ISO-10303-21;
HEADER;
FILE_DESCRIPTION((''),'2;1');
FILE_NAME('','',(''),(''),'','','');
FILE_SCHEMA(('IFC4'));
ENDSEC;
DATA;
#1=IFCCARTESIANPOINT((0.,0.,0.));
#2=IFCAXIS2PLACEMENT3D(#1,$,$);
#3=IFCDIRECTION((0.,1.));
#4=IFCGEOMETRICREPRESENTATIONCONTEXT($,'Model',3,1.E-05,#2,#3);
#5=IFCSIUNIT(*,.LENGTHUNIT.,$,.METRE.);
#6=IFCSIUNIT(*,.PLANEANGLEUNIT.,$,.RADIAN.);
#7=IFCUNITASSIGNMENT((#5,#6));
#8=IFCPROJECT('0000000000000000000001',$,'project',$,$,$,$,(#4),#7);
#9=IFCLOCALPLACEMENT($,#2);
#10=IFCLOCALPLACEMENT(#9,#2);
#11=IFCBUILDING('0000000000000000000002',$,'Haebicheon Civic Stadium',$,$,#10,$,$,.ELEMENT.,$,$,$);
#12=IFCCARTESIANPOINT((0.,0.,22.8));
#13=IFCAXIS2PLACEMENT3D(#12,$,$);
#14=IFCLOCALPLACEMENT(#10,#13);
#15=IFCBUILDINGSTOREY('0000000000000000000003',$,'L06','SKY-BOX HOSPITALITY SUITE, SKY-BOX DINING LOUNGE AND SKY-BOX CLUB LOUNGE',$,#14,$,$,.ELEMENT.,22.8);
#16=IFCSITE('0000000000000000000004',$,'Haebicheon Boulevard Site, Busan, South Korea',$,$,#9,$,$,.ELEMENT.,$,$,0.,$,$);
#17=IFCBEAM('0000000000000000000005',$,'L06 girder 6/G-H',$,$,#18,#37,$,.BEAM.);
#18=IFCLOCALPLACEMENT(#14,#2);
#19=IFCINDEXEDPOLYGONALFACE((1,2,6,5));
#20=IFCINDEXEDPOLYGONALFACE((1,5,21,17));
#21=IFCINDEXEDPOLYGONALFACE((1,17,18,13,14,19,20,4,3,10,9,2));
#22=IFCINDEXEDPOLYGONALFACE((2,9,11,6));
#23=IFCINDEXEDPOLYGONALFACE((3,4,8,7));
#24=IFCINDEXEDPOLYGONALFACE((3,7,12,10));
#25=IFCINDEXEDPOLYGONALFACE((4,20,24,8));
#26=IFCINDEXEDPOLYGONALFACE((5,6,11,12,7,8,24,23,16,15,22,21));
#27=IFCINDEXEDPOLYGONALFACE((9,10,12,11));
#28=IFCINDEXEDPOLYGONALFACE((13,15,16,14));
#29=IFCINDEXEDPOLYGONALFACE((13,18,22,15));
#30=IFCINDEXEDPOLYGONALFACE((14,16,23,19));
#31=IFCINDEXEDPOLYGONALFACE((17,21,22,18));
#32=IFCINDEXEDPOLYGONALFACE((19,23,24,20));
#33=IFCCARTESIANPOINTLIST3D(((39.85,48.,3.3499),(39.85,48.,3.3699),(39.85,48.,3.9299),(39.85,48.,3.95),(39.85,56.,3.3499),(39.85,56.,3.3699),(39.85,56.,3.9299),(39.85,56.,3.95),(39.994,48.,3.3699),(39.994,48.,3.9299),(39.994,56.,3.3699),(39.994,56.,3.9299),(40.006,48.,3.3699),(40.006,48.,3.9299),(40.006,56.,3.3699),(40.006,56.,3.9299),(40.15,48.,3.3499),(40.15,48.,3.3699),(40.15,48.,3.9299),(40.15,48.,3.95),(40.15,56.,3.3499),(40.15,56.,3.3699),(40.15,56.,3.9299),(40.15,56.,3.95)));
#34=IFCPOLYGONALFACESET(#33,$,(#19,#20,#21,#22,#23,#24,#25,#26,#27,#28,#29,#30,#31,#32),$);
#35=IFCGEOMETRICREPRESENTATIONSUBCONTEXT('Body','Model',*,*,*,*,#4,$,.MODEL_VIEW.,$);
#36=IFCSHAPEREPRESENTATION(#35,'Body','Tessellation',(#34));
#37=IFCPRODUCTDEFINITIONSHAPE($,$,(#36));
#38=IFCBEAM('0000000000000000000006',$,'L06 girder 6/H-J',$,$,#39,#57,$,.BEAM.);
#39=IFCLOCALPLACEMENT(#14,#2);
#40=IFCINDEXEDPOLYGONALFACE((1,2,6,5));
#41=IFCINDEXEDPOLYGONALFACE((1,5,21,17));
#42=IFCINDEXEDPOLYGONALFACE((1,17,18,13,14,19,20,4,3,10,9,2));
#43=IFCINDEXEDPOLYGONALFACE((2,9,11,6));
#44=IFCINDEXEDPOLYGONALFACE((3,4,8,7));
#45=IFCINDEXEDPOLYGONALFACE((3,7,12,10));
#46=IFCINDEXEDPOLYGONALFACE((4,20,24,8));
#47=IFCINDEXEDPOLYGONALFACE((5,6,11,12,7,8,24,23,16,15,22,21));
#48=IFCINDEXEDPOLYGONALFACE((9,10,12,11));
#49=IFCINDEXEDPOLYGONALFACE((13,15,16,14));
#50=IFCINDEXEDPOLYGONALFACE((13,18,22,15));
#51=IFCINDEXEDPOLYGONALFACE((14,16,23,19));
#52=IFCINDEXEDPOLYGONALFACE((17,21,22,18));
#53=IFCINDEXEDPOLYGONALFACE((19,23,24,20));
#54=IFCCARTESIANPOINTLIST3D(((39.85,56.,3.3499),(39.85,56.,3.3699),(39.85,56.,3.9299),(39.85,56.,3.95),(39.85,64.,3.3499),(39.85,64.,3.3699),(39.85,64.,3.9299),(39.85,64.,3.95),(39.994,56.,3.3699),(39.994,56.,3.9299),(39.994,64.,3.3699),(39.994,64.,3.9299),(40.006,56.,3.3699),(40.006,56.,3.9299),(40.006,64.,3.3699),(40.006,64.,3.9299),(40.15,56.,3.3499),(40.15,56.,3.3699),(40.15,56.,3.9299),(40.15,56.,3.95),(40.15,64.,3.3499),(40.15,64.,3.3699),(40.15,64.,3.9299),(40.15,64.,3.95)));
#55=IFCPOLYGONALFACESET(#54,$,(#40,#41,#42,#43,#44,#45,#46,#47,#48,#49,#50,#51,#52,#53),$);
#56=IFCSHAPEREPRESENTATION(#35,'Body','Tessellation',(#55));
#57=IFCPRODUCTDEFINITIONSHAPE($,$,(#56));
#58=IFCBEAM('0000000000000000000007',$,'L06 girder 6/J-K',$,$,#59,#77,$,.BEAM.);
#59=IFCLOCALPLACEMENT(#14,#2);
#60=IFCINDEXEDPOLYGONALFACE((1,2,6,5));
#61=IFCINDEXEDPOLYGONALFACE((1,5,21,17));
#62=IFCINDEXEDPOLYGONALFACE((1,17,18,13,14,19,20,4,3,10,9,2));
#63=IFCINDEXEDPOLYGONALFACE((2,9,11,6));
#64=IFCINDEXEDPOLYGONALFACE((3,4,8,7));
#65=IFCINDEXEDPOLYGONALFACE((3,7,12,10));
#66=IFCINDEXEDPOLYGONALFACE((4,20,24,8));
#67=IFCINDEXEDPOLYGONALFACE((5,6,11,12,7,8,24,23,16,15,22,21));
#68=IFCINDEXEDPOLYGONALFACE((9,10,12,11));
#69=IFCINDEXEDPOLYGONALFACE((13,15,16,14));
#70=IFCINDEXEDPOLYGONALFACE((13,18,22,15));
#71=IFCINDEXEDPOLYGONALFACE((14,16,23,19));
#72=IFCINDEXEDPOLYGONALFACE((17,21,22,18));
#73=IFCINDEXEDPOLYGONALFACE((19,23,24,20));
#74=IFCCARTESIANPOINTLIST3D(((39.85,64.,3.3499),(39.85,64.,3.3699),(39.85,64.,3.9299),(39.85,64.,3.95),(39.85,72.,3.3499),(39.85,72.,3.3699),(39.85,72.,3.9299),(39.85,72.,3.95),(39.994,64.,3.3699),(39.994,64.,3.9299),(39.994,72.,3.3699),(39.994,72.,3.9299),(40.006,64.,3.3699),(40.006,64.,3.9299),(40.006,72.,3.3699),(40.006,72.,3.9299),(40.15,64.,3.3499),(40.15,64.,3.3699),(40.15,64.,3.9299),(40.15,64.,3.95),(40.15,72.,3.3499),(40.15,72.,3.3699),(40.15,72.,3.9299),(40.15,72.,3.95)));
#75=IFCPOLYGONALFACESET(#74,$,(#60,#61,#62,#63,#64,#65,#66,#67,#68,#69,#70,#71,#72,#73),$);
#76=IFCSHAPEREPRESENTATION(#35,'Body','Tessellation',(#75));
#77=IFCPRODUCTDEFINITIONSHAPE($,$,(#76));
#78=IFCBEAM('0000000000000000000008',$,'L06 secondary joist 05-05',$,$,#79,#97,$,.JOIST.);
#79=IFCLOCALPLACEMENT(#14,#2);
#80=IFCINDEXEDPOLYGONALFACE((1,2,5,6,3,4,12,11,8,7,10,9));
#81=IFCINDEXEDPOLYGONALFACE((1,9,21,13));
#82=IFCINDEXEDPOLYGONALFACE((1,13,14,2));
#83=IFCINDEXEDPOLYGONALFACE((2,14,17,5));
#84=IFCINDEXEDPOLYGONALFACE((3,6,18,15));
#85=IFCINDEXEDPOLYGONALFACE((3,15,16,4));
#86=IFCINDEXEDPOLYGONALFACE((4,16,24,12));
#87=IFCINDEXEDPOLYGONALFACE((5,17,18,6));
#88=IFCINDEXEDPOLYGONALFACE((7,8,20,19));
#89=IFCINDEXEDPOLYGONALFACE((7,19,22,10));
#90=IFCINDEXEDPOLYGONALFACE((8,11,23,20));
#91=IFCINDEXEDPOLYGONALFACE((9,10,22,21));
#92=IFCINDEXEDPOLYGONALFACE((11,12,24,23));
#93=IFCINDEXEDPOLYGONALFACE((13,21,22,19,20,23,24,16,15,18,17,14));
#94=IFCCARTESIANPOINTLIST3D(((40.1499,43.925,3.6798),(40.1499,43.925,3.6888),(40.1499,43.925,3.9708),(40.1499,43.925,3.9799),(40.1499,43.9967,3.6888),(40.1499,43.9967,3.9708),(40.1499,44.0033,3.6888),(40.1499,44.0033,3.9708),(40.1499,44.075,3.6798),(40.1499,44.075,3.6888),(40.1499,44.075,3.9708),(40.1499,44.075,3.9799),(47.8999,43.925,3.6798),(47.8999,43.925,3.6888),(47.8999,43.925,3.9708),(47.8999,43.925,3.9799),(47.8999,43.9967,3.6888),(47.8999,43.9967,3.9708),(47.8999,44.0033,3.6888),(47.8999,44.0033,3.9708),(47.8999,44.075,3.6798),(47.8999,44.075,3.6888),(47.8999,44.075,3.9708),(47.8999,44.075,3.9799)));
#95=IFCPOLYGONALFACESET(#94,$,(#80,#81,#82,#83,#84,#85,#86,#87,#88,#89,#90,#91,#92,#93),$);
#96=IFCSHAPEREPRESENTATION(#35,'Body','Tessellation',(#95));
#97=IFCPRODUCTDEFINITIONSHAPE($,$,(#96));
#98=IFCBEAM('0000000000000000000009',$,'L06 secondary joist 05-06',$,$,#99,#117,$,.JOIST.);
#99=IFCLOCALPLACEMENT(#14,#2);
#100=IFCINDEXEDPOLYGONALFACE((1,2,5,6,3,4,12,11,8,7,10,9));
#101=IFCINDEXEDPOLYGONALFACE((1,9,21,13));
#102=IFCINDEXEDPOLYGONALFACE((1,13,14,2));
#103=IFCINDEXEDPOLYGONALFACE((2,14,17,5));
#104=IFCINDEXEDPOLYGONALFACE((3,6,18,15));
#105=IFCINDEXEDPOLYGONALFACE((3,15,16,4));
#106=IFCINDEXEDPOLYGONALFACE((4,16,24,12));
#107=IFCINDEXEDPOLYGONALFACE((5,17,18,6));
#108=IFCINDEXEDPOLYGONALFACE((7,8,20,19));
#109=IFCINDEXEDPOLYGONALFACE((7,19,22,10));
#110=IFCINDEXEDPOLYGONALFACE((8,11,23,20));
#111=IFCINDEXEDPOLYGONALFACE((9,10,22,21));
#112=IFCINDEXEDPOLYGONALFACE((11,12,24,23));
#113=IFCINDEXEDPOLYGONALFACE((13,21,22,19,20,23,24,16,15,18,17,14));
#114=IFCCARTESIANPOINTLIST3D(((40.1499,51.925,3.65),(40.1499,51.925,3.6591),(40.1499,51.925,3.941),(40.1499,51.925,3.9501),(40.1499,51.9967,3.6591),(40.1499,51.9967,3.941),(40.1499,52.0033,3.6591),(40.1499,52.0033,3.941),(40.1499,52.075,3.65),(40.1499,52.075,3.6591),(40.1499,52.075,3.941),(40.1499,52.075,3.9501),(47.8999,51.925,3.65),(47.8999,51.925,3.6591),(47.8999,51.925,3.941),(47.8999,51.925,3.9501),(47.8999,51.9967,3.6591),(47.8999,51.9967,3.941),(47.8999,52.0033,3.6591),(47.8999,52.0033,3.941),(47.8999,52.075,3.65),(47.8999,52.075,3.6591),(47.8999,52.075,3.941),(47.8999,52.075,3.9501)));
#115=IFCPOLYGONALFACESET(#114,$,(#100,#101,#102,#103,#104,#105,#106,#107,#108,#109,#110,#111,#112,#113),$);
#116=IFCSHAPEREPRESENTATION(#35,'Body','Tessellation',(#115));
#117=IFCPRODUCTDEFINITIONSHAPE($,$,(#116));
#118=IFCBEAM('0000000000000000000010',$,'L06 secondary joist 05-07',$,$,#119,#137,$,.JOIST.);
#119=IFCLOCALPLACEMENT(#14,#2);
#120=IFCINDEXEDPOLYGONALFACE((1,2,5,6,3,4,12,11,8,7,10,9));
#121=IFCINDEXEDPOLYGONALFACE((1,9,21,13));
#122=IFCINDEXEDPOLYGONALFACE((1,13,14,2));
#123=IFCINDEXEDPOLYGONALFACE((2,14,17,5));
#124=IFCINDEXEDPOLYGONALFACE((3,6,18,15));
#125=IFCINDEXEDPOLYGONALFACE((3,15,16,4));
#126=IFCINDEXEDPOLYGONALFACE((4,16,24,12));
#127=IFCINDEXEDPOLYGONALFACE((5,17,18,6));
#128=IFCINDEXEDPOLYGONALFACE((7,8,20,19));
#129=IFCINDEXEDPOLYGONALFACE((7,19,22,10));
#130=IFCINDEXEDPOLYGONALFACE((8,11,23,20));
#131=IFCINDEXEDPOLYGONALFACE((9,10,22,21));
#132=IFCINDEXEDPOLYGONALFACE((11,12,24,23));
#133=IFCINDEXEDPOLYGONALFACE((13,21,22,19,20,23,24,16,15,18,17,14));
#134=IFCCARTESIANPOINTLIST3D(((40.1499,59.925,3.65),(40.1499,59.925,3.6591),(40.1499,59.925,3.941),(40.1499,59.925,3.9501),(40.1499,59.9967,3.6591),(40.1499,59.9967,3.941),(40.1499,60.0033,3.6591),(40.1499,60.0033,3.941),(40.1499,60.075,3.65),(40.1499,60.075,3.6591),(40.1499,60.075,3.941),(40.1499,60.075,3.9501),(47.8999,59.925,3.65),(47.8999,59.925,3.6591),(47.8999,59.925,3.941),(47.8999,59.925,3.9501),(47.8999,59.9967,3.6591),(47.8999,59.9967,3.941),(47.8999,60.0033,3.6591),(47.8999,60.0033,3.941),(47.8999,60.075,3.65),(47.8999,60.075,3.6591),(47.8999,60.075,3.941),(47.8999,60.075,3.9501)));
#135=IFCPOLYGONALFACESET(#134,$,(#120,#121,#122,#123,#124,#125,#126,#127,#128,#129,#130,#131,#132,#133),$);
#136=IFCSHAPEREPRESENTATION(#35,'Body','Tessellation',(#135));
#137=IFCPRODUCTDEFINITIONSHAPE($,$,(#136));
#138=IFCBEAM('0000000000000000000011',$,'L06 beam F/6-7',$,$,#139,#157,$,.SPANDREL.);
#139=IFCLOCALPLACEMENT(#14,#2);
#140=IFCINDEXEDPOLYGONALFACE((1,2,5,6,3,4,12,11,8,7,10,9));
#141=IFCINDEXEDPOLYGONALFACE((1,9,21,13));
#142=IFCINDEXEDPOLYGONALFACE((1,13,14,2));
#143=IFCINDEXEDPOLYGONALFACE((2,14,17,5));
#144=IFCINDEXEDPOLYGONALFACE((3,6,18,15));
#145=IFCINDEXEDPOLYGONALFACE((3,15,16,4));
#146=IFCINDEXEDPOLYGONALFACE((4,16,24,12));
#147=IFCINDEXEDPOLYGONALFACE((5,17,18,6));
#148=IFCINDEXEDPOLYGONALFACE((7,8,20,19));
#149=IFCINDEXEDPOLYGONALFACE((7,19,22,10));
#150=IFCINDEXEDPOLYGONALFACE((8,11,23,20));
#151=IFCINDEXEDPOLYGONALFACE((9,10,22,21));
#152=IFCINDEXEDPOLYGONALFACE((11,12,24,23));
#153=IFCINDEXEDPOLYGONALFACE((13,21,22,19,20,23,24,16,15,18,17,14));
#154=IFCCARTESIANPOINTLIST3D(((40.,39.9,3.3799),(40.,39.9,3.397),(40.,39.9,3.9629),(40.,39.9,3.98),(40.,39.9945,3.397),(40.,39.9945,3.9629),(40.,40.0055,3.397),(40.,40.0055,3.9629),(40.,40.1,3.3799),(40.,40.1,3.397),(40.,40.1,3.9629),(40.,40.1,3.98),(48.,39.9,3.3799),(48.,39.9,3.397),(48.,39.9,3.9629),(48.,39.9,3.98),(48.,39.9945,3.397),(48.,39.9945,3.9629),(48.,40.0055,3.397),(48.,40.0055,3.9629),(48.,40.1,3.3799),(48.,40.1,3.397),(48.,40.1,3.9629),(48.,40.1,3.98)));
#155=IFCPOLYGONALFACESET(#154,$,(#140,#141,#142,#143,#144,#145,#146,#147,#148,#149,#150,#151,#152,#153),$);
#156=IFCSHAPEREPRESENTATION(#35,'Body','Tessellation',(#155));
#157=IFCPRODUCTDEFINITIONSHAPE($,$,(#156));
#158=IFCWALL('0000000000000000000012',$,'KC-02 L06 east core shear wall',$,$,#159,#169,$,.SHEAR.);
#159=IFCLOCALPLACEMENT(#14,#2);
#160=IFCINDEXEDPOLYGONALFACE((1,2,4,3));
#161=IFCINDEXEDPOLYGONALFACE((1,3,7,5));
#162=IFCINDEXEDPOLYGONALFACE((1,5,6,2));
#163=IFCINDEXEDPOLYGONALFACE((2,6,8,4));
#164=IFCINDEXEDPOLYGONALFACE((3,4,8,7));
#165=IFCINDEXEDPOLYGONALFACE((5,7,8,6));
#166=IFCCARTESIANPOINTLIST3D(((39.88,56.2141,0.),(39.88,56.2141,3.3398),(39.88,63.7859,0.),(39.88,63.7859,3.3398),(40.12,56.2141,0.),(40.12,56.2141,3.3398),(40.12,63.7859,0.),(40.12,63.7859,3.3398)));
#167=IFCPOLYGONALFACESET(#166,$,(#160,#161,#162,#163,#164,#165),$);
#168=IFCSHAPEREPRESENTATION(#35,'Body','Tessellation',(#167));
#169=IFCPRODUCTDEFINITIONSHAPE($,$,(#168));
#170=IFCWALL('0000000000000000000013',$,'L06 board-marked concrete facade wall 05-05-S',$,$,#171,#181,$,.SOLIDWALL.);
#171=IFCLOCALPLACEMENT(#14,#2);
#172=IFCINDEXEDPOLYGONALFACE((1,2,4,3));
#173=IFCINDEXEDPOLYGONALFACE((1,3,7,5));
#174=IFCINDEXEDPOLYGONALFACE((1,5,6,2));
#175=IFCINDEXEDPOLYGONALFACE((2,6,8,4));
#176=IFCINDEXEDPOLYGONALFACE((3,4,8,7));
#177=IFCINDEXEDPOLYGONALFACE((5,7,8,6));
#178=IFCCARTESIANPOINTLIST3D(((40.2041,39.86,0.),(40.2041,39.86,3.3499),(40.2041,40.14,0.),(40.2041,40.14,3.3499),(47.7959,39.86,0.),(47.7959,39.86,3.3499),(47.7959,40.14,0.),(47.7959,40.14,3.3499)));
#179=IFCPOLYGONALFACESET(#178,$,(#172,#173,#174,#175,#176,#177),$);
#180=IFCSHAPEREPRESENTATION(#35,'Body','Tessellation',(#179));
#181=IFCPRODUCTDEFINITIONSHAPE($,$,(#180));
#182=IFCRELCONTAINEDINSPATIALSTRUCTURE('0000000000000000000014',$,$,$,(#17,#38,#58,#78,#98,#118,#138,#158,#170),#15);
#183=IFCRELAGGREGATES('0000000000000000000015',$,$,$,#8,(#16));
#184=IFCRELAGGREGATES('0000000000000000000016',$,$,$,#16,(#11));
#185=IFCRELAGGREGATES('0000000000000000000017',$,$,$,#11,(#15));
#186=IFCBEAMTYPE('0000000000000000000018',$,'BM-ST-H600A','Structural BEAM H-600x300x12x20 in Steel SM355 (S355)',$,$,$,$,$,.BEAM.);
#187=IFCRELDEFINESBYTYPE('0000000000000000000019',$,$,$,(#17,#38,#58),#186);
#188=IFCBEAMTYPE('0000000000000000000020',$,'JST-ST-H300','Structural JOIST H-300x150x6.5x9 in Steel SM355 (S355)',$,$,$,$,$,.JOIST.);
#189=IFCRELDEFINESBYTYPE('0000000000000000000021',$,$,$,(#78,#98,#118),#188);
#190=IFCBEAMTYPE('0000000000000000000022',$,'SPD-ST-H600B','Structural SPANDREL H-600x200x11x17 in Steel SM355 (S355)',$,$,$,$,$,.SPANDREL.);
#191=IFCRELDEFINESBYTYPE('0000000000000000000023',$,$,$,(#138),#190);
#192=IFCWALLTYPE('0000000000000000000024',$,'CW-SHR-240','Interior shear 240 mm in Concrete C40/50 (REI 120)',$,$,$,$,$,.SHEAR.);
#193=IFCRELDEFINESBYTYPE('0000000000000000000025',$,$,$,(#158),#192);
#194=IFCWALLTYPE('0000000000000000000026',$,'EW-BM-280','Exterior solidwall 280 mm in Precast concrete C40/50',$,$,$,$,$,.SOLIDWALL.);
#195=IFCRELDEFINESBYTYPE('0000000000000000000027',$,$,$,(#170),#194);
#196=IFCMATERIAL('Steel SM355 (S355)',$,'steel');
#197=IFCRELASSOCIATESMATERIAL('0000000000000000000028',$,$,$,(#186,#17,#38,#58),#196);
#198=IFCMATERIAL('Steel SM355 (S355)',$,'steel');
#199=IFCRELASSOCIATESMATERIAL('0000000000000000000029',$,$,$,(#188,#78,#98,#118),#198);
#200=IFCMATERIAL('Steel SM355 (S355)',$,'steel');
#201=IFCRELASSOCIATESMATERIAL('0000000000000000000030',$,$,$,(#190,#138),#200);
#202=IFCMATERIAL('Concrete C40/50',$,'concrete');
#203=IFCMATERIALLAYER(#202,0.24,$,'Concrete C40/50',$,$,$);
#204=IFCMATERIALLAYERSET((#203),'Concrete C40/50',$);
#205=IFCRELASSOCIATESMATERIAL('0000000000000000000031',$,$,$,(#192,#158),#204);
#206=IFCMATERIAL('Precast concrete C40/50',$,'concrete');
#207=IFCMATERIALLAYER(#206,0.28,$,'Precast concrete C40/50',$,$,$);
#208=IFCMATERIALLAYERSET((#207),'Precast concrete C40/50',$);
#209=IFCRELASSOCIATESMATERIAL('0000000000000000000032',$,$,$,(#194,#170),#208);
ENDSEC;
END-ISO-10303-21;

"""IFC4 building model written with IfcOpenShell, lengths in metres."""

from ifc_helpers import new_model, si_unit, direction, frame, frame_2d, origin, origin_2d, place, context, subcontext, project, spatial, rectangle, i_section, extrude, material, layer, layer_set, material_profile, profile_set, type_object, element, save


model = new_model("IFC4")

# Units and contexts
model_context = context("Model", 3, precision=1e-05, world=origin(), true_north=direction((0.0, 1.0)))
body_context = subcontext(model_context, "Body", "Model", "MODEL_VIEW")
ifc_project = project(units=[si_unit("LENGTHUNIT", "METRE"), si_unit("PLANEANGLEUNIT", "RADIAN")], contexts=[model_context])

# Site, building, storey
site_placement = place(None, origin())
site = spatial("IfcSite", under=ifc_project, at=site_placement, Name="Haebicheon Boulevard Site, Busan, South Korea", CompositionType="ELEMENT", RefElevation=0.0)
building_placement = place(site_placement, origin())
building = spatial("IfcBuilding", under=site, at=building_placement, Name="Haebicheon Civic Stadium", CompositionType="ELEMENT")
storey_placement = place(building_placement, frame((0.0, 0.0, 22.8)))
storey = spatial("IfcBuildingStorey", under=building, at=storey_placement, Name="L06", Description="SKY-BOX HOSPITALITY SUITE, SKY-BOX DINING LOUNGE AND SKY-BOX CLUB LOUNGE", CompositionType="ELEMENT", Elevation=22.8)

# Beams
ifc_material_1 = material(Name="Steel SM355 (S355)", Category="steel")
ifc_material_profile_1 = material_profile(ifc_material_1, i_section(OverallWidth=0.3, OverallDepth=0.6001, WebThickness=0.012, FlangeThickness=0.02, at=origin_2d()), Name="H-600x300x12x20")
ifc_profile_set_1 = profile_set([ifc_material_profile_1], Name="Steel SM355 (S355)")
beam_type_1 = type_object("IfcBeamType", Name="BM-ST-H600A", Description="Structural BEAM H-600x300x12x20 in Steel SM355 (S355)", PredefinedType="BEAM", material=ifc_profile_set_1)
for number, where, z_axis, x_axis, name in (
    (1, (40.0, 48.0, 3.6499), (0.0, 1.0, 0.0), (-1.0, 0.0, 0.0), "L06 girder 6/G-H"),
    (2, (40.0, 56.0, 3.6499), (0.0, 1.0, 0.0), (-1.0, 0.0, 0.0), "L06 girder 6/H-J"),
    (3, (40.0, 64.0, 3.6499), (0.0, 1.0, 0.0), (-1.0, 0.0, 0.0), "L06 girder 6/J-K"),
):
    element("IfcBeam", number, at=place(storey_placement, frame(where, z_axis=z_axis, x_axis=x_axis)), inside=storey, type_object=beam_type_1, material=ifc_profile_set_1, Name=name, PredefinedType="BEAM", context=body_context, shape_type="SweptSolid", body=[
        extrude(i_section(OverallWidth=0.3, OverallDepth=0.6001, WebThickness=0.012, FlangeThickness=0.02, at=origin_2d()), origin(), (0.0, 0.0, 1.0), 8.0),
    ])
ifc_material_2 = material(Name="Steel SM355 (S355)", Category="steel")
ifc_material_profile_2 = material_profile(ifc_material_2, i_section(OverallWidth=0.1499, OverallDepth=0.3, WebThickness=0.0066, FlangeThickness=0.009, at=origin_2d()), Name="H-300x150x6.5x9")
ifc_profile_set_2 = profile_set([ifc_material_profile_2], Name="Steel SM355 (S355)")
beam_type_2 = type_object("IfcBeamType", Name="JST-ST-H300", Description="Structural JOIST H-300x150x6.5x9 in Steel SM355 (S355)", PredefinedType="JOIST", material=ifc_profile_set_2)
for number, where, z_axis, x_axis, name in (
    (4, (40.1499, 44.0, 3.8298), (1.0, 0.0, 0.0), (0.0, 1.0, 0.0), "L06 secondary joist 05-05"),
    (5, (40.1499, 52.0, 3.8), (1.0, 0.0, 0.0), (0.0, 1.0, 0.0), "L06 secondary joist 05-06"),
    (6, (40.1499, 60.0, 3.8), (1.0, 0.0, 0.0), (0.0, 1.0, 0.0), "L06 secondary joist 05-07"),
):
    element("IfcBeam", number, at=place(storey_placement, frame(where, z_axis=z_axis, x_axis=x_axis)), inside=storey, type_object=beam_type_2, material=ifc_profile_set_2, Name=name, PredefinedType="JOIST", context=body_context, shape_type="SweptSolid", body=[
        extrude(i_section(OverallWidth=0.1499, OverallDepth=0.3, WebThickness=0.0066, FlangeThickness=0.009, at=origin_2d()), origin(), (0.0, 0.0, 1.0), 7.75),
    ])
ifc_material_3 = material(Name="Steel SM355 (S355)", Category="steel")
ifc_material_profile_3 = material_profile(ifc_material_3, i_section(OverallWidth=0.2, OverallDepth=0.6001, WebThickness=0.011, FlangeThickness=0.0171, at=origin_2d()), Name="H-600x200x11x17")
ifc_profile_set_3 = profile_set([ifc_material_profile_3], Name="Steel SM355 (S355)")
beam_type_3 = type_object("IfcBeamType", Name="SPD-ST-H600B", Description="Structural SPANDREL H-600x200x11x17 in Steel SM355 (S355)", PredefinedType="SPANDREL", material=ifc_profile_set_3)
beam_placement = place(storey_placement, frame((40.0, 40.0, 3.6799), z_axis=(1.0, 0.0, 0.0), x_axis=(0.0, 1.0, 0.0)))
element("IfcBeam", 7, at=beam_placement, inside=storey, type_object=beam_type_3, material=ifc_profile_set_3, Name="L06 beam F/6-7", PredefinedType="SPANDREL", context=body_context, shape_type="SweptSolid", body=[
    extrude(i_section(OverallWidth=0.2, OverallDepth=0.6001, WebThickness=0.011, FlangeThickness=0.0171, at=origin_2d()), origin(), (0.0, 0.0, 1.0), 8.0),
])

# Walls
ifc_material_4 = material(Name="Concrete C40/50", Category="concrete")
ifc_layer_1 = layer(ifc_material_4, 0.24, Name="Concrete C40/50")
ifc_layer_set_1 = layer_set([ifc_layer_1], Name="Concrete C40/50")
wall_type_1 = type_object("IfcWallType", Name="CW-SHR-240", Description="Interior shear 240 mm in Concrete C40/50 (REI 120)", PredefinedType="SHEAR", material=ifc_layer_set_1)
wall_1_placement = place(storey_placement, frame((40.0, 56.2141, 0.0), z_axis=(0.0, 0.0, 1.0), x_axis=(0.0, 1.0, 0.0)))
element("IfcWall", 8, at=wall_1_placement, inside=storey, type_object=wall_type_1, material=ifc_layer_set_1, Name="KC-02 L06 east core shear wall", PredefinedType="SHEAR", context=body_context, shape_type="SweptSolid", body=[
    extrude(rectangle(XDim=7.5718, YDim=0.24, at=frame_2d((3.7859, 0.0))), origin(), (0.0, 0.0, 1.0), 3.3398),
])
ifc_material_5 = material(Name="Precast concrete C40/50", Category="concrete")
ifc_layer_2 = layer(ifc_material_5, 0.28, Name="Precast concrete C40/50")
ifc_layer_set_2 = layer_set([ifc_layer_2], Name="Precast concrete C40/50")
wall_type_2 = type_object("IfcWallType", Name="EW-BM-280", Description="Exterior solidwall 280 mm in Precast concrete C40/50", PredefinedType="SOLIDWALL", material=ifc_layer_set_2)
wall_2_placement = place(storey_placement, frame((40.2041, 40.0, 0.0), z_axis=(0.0, 0.0, 1.0), x_axis=(1.0, 0.0, 0.0)))
element("IfcWall", 9, at=wall_2_placement, inside=storey, type_object=wall_type_2, material=ifc_layer_set_2, Name="L06 board-marked concrete facade wall 05-05-S", PredefinedType="SOLIDWALL", context=body_context, shape_type="SweptSolid", body=[
    extrude(rectangle(XDim=7.5918, YDim=0.28, at=frame_2d((3.7959, 0.0))), origin(), (0.0, 0.0, 1.0), 3.3499),
])

save(model, "model.ifc")
